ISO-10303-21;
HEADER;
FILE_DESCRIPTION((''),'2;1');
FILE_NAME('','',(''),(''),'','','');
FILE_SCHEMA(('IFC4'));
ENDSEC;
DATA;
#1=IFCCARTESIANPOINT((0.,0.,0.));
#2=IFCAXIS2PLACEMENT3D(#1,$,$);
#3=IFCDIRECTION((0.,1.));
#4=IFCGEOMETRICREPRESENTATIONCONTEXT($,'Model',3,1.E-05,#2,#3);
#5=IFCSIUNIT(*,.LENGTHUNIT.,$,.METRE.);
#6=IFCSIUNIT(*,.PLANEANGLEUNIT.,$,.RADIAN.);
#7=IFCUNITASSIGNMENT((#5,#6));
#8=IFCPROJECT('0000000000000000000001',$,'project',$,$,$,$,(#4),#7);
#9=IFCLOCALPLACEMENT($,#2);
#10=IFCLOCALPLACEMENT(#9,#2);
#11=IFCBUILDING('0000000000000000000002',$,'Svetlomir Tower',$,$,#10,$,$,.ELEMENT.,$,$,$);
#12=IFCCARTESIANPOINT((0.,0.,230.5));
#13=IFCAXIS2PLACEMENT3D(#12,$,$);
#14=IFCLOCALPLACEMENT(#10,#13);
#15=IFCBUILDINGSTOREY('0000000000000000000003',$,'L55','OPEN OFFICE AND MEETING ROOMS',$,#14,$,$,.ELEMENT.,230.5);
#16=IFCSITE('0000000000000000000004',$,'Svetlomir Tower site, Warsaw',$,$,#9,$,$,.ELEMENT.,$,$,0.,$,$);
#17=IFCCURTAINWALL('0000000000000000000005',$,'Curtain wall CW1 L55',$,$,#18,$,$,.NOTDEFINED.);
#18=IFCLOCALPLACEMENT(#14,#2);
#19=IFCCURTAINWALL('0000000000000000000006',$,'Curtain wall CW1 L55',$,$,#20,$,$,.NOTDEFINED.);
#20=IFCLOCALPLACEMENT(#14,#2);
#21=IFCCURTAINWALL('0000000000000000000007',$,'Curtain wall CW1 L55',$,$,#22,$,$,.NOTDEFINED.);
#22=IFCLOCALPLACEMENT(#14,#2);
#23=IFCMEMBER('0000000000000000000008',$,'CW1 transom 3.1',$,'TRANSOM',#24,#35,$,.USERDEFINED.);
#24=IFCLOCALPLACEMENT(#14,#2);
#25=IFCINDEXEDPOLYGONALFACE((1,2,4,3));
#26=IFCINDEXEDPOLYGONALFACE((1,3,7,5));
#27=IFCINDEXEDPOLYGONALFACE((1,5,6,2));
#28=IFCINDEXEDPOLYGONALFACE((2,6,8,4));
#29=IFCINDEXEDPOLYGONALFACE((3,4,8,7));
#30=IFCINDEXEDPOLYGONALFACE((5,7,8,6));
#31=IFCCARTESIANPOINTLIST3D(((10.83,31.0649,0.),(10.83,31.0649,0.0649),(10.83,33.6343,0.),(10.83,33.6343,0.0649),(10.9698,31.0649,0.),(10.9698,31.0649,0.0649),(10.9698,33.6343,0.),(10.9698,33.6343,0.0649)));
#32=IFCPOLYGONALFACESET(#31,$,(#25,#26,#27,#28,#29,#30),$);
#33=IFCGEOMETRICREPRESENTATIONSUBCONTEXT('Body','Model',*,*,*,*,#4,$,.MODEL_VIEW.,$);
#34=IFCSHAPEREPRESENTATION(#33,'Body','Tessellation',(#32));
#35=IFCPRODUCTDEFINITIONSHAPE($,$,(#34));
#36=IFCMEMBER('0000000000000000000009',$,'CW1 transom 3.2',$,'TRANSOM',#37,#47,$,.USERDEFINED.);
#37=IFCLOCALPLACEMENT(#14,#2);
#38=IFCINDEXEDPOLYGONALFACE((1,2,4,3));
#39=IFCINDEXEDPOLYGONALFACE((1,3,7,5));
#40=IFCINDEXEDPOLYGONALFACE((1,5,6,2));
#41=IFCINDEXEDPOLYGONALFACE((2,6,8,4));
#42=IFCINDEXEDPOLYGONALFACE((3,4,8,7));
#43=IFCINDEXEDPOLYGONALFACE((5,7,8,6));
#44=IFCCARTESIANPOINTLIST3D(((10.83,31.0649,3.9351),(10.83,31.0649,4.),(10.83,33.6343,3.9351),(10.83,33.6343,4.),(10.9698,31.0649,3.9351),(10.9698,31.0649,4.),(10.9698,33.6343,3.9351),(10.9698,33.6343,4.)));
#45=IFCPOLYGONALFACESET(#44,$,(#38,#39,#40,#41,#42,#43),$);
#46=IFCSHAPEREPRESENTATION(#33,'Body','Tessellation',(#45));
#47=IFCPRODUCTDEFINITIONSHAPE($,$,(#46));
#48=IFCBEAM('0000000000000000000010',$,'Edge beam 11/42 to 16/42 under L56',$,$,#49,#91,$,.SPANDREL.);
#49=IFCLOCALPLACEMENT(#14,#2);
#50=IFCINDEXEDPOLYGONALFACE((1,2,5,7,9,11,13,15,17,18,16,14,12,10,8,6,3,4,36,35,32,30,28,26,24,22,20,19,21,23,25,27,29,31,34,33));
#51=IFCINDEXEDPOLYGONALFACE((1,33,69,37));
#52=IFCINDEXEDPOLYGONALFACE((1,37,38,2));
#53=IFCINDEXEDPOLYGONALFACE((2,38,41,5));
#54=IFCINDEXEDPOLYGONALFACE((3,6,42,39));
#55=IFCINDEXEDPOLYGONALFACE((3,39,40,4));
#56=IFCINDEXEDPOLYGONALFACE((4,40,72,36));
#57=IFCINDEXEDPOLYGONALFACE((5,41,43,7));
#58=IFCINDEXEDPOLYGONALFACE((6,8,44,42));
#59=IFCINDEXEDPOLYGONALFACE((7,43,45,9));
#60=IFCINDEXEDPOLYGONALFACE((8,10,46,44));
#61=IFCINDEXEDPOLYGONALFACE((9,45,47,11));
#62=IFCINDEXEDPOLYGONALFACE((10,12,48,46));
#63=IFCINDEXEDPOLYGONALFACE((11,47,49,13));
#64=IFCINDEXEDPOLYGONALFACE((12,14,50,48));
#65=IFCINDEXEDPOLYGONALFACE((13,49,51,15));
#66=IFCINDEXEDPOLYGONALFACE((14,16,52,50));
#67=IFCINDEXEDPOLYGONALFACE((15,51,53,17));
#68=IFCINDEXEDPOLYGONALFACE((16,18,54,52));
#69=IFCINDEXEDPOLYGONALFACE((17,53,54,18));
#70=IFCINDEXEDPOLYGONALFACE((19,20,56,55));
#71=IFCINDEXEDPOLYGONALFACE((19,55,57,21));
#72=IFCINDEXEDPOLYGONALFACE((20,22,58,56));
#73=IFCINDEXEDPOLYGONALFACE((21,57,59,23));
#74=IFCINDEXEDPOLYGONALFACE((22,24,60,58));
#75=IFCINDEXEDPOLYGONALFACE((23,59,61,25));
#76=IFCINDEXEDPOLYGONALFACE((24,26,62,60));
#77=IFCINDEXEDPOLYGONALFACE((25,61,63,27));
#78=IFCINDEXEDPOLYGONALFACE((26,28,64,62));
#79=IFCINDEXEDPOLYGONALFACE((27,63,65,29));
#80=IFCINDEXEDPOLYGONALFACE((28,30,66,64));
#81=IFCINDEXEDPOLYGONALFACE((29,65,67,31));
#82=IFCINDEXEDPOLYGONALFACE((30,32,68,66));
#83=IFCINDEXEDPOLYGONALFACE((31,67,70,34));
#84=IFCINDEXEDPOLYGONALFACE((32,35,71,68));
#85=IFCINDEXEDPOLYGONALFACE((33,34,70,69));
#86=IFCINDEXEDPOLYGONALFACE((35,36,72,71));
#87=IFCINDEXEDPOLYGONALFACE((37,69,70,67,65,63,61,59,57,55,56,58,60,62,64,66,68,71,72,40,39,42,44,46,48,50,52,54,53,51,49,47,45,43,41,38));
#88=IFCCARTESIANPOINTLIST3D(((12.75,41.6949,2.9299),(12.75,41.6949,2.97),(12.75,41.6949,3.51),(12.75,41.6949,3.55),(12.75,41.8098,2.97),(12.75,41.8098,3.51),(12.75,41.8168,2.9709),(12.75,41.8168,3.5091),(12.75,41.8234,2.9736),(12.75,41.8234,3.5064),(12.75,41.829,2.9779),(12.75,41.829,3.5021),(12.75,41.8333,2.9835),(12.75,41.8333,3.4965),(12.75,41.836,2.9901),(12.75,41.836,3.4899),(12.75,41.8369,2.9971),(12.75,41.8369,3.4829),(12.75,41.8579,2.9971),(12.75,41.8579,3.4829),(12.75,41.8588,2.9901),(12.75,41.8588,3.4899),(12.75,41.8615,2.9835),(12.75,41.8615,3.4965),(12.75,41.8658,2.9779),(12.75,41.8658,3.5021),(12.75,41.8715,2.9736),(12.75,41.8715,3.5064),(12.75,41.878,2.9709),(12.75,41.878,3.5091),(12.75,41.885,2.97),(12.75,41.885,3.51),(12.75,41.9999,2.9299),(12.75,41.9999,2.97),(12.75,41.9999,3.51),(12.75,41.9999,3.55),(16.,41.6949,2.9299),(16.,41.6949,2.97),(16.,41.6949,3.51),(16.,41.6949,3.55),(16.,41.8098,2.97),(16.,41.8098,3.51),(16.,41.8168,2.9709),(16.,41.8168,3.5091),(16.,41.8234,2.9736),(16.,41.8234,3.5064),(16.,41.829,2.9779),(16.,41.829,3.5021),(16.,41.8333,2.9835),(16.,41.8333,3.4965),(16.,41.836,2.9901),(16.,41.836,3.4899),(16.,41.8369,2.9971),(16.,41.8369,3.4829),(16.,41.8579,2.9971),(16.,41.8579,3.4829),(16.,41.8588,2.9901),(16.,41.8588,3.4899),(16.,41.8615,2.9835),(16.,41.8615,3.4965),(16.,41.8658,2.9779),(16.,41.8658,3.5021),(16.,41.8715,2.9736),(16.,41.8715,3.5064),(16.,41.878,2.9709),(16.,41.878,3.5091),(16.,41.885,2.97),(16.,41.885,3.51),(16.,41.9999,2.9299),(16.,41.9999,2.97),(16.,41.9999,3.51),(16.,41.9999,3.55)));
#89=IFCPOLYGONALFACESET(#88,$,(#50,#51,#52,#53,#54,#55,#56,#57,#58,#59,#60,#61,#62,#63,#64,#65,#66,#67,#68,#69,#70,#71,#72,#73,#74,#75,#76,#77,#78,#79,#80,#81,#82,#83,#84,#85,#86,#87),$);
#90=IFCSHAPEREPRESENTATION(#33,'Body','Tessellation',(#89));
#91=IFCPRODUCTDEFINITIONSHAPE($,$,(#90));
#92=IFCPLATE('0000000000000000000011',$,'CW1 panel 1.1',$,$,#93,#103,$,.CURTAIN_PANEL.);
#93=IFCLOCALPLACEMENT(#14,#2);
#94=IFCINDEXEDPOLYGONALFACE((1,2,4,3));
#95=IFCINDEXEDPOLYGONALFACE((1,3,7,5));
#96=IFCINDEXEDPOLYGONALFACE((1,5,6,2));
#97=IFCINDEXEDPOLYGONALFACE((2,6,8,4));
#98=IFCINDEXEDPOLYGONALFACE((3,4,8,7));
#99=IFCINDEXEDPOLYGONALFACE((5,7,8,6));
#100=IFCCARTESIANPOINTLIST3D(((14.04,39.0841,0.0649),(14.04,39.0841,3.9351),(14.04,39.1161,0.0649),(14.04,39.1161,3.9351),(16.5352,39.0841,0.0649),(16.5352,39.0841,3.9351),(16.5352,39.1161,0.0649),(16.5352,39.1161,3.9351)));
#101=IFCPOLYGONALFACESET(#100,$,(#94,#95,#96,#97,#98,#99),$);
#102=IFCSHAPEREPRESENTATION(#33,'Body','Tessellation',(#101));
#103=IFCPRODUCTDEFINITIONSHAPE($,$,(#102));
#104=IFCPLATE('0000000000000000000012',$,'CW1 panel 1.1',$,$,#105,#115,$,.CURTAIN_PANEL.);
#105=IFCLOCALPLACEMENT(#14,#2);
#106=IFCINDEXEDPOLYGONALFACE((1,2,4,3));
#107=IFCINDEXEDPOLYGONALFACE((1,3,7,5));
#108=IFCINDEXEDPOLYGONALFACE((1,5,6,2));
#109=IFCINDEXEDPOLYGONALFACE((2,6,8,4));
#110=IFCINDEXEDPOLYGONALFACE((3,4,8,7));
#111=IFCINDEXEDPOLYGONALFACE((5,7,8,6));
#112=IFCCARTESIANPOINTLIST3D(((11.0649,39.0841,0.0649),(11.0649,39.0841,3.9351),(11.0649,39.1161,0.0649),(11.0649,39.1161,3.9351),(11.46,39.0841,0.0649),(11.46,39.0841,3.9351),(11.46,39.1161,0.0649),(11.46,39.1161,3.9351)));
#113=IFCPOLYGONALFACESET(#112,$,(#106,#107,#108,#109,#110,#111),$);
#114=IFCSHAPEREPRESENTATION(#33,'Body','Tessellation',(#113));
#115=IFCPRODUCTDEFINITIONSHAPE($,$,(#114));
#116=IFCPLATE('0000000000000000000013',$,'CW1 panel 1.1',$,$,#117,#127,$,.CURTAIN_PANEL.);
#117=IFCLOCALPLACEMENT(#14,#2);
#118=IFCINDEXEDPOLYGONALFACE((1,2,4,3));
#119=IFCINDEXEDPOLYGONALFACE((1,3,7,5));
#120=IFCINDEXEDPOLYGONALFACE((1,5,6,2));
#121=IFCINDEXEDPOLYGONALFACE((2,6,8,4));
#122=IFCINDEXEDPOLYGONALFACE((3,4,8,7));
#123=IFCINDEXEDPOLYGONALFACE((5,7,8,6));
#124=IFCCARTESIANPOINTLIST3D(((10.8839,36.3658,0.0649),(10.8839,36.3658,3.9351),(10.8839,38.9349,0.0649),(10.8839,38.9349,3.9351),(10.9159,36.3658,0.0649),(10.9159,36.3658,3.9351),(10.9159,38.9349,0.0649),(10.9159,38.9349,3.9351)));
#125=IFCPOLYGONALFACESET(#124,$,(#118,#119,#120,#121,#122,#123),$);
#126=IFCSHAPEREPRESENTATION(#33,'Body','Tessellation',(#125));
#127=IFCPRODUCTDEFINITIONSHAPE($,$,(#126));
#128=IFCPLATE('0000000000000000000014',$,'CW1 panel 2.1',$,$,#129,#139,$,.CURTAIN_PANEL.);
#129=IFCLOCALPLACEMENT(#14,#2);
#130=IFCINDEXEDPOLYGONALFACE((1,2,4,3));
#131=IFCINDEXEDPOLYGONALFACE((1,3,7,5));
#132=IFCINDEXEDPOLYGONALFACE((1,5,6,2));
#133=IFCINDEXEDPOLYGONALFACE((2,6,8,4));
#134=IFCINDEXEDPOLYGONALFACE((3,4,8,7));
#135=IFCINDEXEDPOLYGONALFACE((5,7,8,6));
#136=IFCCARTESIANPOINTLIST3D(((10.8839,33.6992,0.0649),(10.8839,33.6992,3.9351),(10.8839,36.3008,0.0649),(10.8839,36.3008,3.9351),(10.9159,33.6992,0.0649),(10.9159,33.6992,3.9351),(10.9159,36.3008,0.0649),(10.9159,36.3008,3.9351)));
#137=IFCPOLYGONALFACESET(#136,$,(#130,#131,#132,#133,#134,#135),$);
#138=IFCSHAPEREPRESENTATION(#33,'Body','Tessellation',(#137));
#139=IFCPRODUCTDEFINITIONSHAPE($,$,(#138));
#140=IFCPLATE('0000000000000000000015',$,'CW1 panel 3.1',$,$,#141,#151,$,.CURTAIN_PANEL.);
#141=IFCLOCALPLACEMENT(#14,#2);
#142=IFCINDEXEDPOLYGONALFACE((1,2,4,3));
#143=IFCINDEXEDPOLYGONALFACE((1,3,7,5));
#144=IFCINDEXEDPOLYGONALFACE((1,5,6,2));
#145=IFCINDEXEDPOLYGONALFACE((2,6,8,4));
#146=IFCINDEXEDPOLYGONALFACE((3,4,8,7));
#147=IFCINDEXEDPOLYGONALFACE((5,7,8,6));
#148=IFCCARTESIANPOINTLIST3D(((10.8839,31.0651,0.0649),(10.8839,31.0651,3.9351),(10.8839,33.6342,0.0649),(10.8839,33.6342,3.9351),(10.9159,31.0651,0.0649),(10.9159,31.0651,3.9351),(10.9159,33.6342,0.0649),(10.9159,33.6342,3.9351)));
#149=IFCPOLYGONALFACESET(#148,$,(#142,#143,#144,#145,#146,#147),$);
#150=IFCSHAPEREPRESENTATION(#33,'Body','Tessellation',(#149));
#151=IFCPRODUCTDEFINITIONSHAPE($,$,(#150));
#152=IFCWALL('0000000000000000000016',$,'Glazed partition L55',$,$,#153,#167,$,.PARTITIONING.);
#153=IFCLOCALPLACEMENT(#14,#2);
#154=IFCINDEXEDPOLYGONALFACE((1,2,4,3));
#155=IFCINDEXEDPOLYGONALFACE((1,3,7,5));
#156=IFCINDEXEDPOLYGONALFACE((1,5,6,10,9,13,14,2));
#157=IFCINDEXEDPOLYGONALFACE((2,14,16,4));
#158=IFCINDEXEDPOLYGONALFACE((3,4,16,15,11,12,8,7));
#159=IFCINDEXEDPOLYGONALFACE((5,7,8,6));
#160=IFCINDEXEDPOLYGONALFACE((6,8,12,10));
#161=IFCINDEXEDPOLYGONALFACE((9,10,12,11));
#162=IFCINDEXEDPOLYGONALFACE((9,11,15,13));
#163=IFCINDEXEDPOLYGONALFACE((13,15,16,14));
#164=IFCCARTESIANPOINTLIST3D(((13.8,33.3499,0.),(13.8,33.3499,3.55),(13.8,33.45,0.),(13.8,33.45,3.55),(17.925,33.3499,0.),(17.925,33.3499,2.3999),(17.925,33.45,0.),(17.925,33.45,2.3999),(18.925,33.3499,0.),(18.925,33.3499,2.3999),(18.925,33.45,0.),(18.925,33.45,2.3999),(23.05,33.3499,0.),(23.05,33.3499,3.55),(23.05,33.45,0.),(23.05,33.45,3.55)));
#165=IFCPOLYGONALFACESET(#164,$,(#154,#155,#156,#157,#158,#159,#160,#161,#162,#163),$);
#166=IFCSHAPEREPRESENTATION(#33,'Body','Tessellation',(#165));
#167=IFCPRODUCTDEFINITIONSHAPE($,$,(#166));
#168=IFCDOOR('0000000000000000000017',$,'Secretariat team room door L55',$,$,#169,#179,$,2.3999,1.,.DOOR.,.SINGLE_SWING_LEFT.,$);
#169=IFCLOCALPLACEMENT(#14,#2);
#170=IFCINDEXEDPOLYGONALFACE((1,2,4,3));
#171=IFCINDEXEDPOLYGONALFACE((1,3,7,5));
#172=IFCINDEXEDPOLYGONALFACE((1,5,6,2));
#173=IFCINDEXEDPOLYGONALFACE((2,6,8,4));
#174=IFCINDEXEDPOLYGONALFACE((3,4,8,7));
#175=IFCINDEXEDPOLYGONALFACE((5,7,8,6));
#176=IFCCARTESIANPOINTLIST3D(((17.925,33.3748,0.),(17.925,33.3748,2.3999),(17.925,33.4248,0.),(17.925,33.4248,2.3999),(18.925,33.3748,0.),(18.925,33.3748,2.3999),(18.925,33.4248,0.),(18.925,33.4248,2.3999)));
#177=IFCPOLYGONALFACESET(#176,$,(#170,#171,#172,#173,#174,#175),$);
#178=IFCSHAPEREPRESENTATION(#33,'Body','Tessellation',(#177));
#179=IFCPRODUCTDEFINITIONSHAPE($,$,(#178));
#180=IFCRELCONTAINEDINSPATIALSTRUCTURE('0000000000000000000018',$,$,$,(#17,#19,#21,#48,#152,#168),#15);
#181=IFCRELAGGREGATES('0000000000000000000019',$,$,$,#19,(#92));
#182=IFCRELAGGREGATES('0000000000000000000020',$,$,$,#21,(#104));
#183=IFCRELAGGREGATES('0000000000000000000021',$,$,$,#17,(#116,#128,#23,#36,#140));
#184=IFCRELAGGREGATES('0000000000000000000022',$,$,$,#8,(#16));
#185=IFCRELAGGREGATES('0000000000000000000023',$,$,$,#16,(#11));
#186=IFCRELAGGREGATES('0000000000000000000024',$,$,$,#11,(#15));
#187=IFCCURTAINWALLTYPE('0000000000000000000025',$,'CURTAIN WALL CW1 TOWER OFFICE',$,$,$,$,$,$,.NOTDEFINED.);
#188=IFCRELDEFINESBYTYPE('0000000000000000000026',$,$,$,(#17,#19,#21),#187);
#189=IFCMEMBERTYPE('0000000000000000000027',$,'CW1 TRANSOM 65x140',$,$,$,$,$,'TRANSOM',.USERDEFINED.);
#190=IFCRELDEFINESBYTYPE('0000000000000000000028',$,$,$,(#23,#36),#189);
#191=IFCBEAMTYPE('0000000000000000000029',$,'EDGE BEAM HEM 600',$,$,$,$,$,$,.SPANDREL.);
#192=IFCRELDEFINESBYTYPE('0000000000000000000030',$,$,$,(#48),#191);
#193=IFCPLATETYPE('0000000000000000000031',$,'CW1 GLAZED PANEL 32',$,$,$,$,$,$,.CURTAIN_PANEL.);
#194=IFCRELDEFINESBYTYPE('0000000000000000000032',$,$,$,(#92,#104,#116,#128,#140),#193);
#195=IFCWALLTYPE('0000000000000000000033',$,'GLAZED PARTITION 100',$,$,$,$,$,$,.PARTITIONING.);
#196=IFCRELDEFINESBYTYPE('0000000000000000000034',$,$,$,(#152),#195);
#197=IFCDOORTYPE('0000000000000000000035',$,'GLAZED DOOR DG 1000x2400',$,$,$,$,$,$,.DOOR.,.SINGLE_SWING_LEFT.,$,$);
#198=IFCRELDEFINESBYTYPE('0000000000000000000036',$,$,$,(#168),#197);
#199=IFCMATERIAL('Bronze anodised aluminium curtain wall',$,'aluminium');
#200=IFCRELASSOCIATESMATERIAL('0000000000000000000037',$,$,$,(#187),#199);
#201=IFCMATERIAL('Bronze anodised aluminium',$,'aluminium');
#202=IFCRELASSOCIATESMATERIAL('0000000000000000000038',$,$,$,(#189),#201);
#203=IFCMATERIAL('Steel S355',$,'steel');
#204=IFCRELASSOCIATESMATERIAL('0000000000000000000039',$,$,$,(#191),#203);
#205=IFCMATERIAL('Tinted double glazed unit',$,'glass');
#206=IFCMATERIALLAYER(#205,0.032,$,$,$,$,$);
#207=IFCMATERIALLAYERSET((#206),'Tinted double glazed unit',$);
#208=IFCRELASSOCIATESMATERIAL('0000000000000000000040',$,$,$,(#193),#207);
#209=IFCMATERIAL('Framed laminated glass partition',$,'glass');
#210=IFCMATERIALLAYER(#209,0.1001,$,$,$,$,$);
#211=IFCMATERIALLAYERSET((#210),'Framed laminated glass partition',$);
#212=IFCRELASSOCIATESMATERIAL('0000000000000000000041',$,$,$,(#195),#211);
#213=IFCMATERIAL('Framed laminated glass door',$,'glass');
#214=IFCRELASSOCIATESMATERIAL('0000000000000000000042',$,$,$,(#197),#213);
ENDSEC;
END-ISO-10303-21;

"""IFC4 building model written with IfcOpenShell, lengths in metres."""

from ifc_helpers import new_model, si_unit, direction, frame, frame_2d, origin, origin_2d, place, context, subcontext, project, spatial, rectangle, i_section, extrude, material, layer, layer_set, material_profile, profile_set, type_object, element, fill, aggregate, save


model = new_model("IFC4")

# Units and contexts
model_context = context("Model", 3, precision=1e-05, world=origin(), true_north=direction((0.0, 1.0)))
body_context = subcontext(model_context, "Body", "Model", "MODEL_VIEW")
ifc_project = project(units=[si_unit("LENGTHUNIT", "METRE"), si_unit("PLANEANGLEUNIT", "RADIAN")], contexts=[model_context])

# Site, building, storey
site_placement = place(None, origin())
site = spatial("IfcSite", under=ifc_project, at=site_placement, Name="Svetlomir Tower site, Warsaw", CompositionType="ELEMENT", RefElevation=0.0)
building_placement = place(site_placement, origin())
building = spatial("IfcBuilding", under=site, at=building_placement, Name="Svetlomir Tower", CompositionType="ELEMENT")
storey_placement = place(building_placement, frame((0.0, 0.0, 230.5)))
storey = spatial("IfcBuildingStorey", under=building, at=storey_placement, Name="L55", Description="OPEN OFFICE AND MEETING ROOMS", CompositionType="ELEMENT", Elevation=230.5)

# Curtain walls
ifc_material_1 = material(Name="Bronze anodised aluminium curtain wall", Category="aluminium")
curtain_wall_type = type_object("IfcCurtainWallType", Name="CURTAIN WALL CW1 TOWER OFFICE", PredefinedType="NOTDEFINED", material=ifc_material_1)
curtain_wall_1_placement = place(storey_placement, origin())
curtain_wall_1 = element("IfcCurtainWall", 1, at=curtain_wall_1_placement, inside=storey, type_object=curtain_wall_type, Name="Curtain wall CW1 L55", PredefinedType="NOTDEFINED")
curtain_wall_2_placement = place(storey_placement, origin())
curtain_wall_2 = element("IfcCurtainWall", 2, at=curtain_wall_2_placement, inside=storey, type_object=curtain_wall_type, Name="Curtain wall CW1 L55", PredefinedType="NOTDEFINED")

# Curtain wall
curtain_wall_3_placement = place(storey_placement, origin())
curtain_wall_3 = element("IfcCurtainWall", 3, at=curtain_wall_3_placement, inside=storey, type_object=curtain_wall_type, Name="Curtain wall CW1 L55", PredefinedType="NOTDEFINED")

# Members
ifc_material_2 = material(Name="Bronze anodised aluminium", Category="aluminium")
ifc_material_profile_1 = material_profile(ifc_material_2, rectangle(XDim=0.1399, YDim=0.0649, at=origin_2d()), Name="AL 140x65")
ifc_profile_set_1 = profile_set([ifc_material_profile_1], Name="Bronze anodised aluminium 6063-T6")
member_type_1 = type_object("IfcMemberType", Name="CW1 TRANSOM 65x140", ElementType="TRANSOM", PredefinedType="USERDEFINED", material=ifc_profile_set_1)
member_1_placement = place(storey_placement, frame((10.8999, 33.6343, 0.0325), z_axis=(0.0, -1.0, 0.0), x_axis=(1.0, 0.0, 0.0)))
member_1 = element("IfcMember", 4, at=member_1_placement, type_object=member_type_1, Name="CW1 transom 3.1", ObjectType="TRANSOM", PredefinedType="USERDEFINED", context=body_context, shape_type="SweptSolid", body=[
    extrude(rectangle(XDim=0.1399, YDim=0.0649, at=origin_2d()), origin(), (0.0, 0.0, 1.0), 2.5693),
])
member_2_placement = place(storey_placement, frame((10.8999, 33.6343, 3.9675), z_axis=(0.0, -1.0, 0.0), x_axis=(1.0, 0.0, 0.0)))
member_2 = element("IfcMember", 5, at=member_2_placement, type_object=member_type_1, Name="CW1 transom 3.2", ObjectType="TRANSOM", PredefinedType="USERDEFINED", context=body_context, shape_type="SweptSolid", body=[
    extrude(rectangle(XDim=0.1399, YDim=0.0649, at=origin_2d()), origin(), (0.0, 0.0, 1.0), 2.5693),
])

# Beam
ifc_material_3 = material(Name="Steel S355", Category="steel")
ifc_material_profile_2 = material_profile(ifc_material_3, i_section(OverallWidth=0.3049, OverallDepth=0.6201, WebThickness=0.021, FlangeThickness=0.04, FilletRadius=0.0271, at=origin_2d()), Name="HEM 600")
ifc_profile_set_2 = profile_set([ifc_material_profile_2], Name="Steel S355")
beam_type = type_object("IfcBeamType", Name="EDGE BEAM HEM 600", PredefinedType="SPANDREL", material=ifc_profile_set_2)
beam_placement = place(storey_placement, frame((12.75, 41.8474, 3.24), z_axis=(1.0, 0.0, 0.0), x_axis=(0.0, 1.0, 0.0)))
element("IfcBeam", 6, at=beam_placement, inside=storey, type_object=beam_type, Name="Edge beam 11/42 to 16/42 under L56", PredefinedType="SPANDREL", context=body_context, shape_type="SweptSolid", body=[
    extrude(i_section(OverallWidth=0.3049, OverallDepth=0.6201, WebThickness=0.021, FlangeThickness=0.04, FilletRadius=0.0271, at=origin_2d()), origin(), (0.0, 0.0, 1.0), 3.25),
])

# Plates
ifc_material_4 = material(Name="Tinted double glazed unit", Category="glass")
ifc_layer_1 = layer(ifc_material_4, 0.032)
ifc_layer_set_1 = layer_set([ifc_layer_1], Name="Tinted double glazed unit")
plate_type = type_object("IfcPlateType", Name="CW1 GLAZED PANEL 32", PredefinedType="CURTAIN_PANEL", material=ifc_layer_set_1)
plate_1_placement = place(storey_placement, frame((15.2876, 39.1001, 0.0649), z_axis=(0.0, 0.0, 1.0), x_axis=(-1.0, 0.0, 0.0)))
plate_1 = element("IfcPlate", 7, at=plate_1_placement, type_object=plate_type, Name="CW1 panel 1.1", PredefinedType="CURTAIN_PANEL", context=body_context, shape_type="SweptSolid", body=[
    extrude(rectangle(XDim=2.4951, YDim=0.032, at=origin_2d()), origin(), (0.0, 0.0, 1.0), 3.8701),
])
aggregate(curtain_wall_2, [plate_1])
plate_2_placement = place(storey_placement, frame((11.2625, 39.1001, 0.0649), z_axis=(0.0, 0.0, 1.0), x_axis=(-1.0, 0.0, 0.0)))
plate_2 = element("IfcPlate", 8, at=plate_2_placement, type_object=plate_type, Name="CW1 panel 1.1", PredefinedType="CURTAIN_PANEL", context=body_context, shape_type="SweptSolid", body=[
    extrude(rectangle(XDim=0.395, YDim=0.032, at=origin_2d()), origin(), (0.0, 0.0, 1.0), 3.8701),
])
aggregate(curtain_wall_3, [plate_2])
plate_3_placement = place(storey_placement, frame((10.8999, 37.6504, 0.0649), z_axis=(0.0, 0.0, 1.0), x_axis=(0.0, -1.0, 0.0)))
plate_3 = element("IfcPlate", 9, at=plate_3_placement, type_object=plate_type, Name="CW1 panel 1.1", PredefinedType="CURTAIN_PANEL", context=body_context, shape_type="SweptSolid", body=[
    extrude(rectangle(XDim=2.5691, YDim=0.032, at=origin_2d()), origin(), (0.0, 0.0, 1.0), 3.8701),
])
plate_4_placement = place(storey_placement, frame((10.8999, 35.0, 0.0649), z_axis=(0.0, 0.0, 1.0), x_axis=(0.0, -1.0, 0.0)))
plate_4 = element("IfcPlate", 10, at=plate_4_placement, type_object=plate_type, Name="CW1 panel 2.1", PredefinedType="CURTAIN_PANEL", context=body_context, shape_type="SweptSolid", body=[
    extrude(rectangle(XDim=2.6016, YDim=0.032, at=origin_2d()), origin(), (0.0, 0.0, 1.0), 3.8701),
])
plate_5_placement = place(storey_placement, frame((10.8999, 32.3496, 0.0649), z_axis=(0.0, 0.0, 1.0), x_axis=(0.0, -1.0, 0.0)))
plate_5 = element("IfcPlate", 11, at=plate_5_placement, type_object=plate_type, Name="CW1 panel 3.1", PredefinedType="CURTAIN_PANEL", context=body_context, shape_type="SweptSolid", body=[
    extrude(rectangle(XDim=2.5691, YDim=0.032, at=origin_2d()), origin(), (0.0, 0.0, 1.0), 3.8701),
])
aggregate(curtain_wall_1, [plate_3, plate_4, member_1, member_2, plate_5])

# Wall, opening, door
ifc_material_5 = material(Name="Framed laminated glass partition", Category="glass")
ifc_layer_2 = layer(ifc_material_5, 0.1001)
ifc_layer_set_2 = layer_set([ifc_layer_2], Name="Framed laminated glass partition")
wall_type_1 = type_object("IfcWallType", Name="GLAZED PARTITION 100", PredefinedType="PARTITIONING", material=ifc_layer_set_2)
wall_1_placement = place(storey_placement, frame((13.8, 33.3999, 0.0), z_axis=(0.0, 0.0, 1.0), x_axis=(1.0, 0.0, 0.0)))
wall_1 = element("IfcWall", 12, at=wall_1_placement, inside=storey, type_object=wall_type_1, Name="Glazed partition L55", PredefinedType="PARTITIONING", context=body_context, shape_type="SweptSolid", body=[
    extrude(rectangle(XDim=9.25, YDim=0.1001, at=frame_2d((4.625, 0.0))), origin(), (0.0, 0.0, 1.0), 3.55),
])
opening_1_placement = place(wall_1_placement, frame((4.125, 0.0, 0.0)))
opening_1 = element("IfcOpeningElement", 13, at=opening_1_placement, cuts=wall_1, PredefinedType="OPENING", context=body_context, shape_type="SweptSolid", body=[
    extrude(rectangle(XDim=1.0, YDim=2.3999, at=frame_2d((0.5, 1.2))), frame((0.0, 0.0601, 0.0), z_axis=(0.0, -1.0, 0.0), x_axis=(1.0, 0.0, 0.0)), (0.0, 0.0, 1.0), 0.1201),
])
ifc_material_6 = material(Name="Framed laminated glass door", Category="glass")
door_type_1 = type_object("IfcDoorType", Name="GLAZED DOOR DG 1000x2400", OperationType="SINGLE_SWING_LEFT", PredefinedType="DOOR", material=ifc_material_6)
door_1_placement = place(opening_1_placement, origin())
door_1 = element("IfcDoor", 14, at=door_1_placement, inside=storey, type_object=door_type_1, Name="Secretariat team room door L55", OperationType="SINGLE_SWING_LEFT", OverallHeight=2.3999, OverallWidth=1.0, PredefinedType="DOOR", context=body_context, shape_type="SweptSolid", body=[
    extrude(rectangle(XDim=1.0, YDim=2.3999, at=frame_2d((0.5, 1.2))), frame((0.0, 0.0249, 0.0), z_axis=(0.0, -1.0, 0.0), x_axis=(1.0, 0.0, 0.0)), (0.0, 0.0, 1.0), 0.05),
])
fill(opening_1, door_1)

save(model, "model.ifc")
